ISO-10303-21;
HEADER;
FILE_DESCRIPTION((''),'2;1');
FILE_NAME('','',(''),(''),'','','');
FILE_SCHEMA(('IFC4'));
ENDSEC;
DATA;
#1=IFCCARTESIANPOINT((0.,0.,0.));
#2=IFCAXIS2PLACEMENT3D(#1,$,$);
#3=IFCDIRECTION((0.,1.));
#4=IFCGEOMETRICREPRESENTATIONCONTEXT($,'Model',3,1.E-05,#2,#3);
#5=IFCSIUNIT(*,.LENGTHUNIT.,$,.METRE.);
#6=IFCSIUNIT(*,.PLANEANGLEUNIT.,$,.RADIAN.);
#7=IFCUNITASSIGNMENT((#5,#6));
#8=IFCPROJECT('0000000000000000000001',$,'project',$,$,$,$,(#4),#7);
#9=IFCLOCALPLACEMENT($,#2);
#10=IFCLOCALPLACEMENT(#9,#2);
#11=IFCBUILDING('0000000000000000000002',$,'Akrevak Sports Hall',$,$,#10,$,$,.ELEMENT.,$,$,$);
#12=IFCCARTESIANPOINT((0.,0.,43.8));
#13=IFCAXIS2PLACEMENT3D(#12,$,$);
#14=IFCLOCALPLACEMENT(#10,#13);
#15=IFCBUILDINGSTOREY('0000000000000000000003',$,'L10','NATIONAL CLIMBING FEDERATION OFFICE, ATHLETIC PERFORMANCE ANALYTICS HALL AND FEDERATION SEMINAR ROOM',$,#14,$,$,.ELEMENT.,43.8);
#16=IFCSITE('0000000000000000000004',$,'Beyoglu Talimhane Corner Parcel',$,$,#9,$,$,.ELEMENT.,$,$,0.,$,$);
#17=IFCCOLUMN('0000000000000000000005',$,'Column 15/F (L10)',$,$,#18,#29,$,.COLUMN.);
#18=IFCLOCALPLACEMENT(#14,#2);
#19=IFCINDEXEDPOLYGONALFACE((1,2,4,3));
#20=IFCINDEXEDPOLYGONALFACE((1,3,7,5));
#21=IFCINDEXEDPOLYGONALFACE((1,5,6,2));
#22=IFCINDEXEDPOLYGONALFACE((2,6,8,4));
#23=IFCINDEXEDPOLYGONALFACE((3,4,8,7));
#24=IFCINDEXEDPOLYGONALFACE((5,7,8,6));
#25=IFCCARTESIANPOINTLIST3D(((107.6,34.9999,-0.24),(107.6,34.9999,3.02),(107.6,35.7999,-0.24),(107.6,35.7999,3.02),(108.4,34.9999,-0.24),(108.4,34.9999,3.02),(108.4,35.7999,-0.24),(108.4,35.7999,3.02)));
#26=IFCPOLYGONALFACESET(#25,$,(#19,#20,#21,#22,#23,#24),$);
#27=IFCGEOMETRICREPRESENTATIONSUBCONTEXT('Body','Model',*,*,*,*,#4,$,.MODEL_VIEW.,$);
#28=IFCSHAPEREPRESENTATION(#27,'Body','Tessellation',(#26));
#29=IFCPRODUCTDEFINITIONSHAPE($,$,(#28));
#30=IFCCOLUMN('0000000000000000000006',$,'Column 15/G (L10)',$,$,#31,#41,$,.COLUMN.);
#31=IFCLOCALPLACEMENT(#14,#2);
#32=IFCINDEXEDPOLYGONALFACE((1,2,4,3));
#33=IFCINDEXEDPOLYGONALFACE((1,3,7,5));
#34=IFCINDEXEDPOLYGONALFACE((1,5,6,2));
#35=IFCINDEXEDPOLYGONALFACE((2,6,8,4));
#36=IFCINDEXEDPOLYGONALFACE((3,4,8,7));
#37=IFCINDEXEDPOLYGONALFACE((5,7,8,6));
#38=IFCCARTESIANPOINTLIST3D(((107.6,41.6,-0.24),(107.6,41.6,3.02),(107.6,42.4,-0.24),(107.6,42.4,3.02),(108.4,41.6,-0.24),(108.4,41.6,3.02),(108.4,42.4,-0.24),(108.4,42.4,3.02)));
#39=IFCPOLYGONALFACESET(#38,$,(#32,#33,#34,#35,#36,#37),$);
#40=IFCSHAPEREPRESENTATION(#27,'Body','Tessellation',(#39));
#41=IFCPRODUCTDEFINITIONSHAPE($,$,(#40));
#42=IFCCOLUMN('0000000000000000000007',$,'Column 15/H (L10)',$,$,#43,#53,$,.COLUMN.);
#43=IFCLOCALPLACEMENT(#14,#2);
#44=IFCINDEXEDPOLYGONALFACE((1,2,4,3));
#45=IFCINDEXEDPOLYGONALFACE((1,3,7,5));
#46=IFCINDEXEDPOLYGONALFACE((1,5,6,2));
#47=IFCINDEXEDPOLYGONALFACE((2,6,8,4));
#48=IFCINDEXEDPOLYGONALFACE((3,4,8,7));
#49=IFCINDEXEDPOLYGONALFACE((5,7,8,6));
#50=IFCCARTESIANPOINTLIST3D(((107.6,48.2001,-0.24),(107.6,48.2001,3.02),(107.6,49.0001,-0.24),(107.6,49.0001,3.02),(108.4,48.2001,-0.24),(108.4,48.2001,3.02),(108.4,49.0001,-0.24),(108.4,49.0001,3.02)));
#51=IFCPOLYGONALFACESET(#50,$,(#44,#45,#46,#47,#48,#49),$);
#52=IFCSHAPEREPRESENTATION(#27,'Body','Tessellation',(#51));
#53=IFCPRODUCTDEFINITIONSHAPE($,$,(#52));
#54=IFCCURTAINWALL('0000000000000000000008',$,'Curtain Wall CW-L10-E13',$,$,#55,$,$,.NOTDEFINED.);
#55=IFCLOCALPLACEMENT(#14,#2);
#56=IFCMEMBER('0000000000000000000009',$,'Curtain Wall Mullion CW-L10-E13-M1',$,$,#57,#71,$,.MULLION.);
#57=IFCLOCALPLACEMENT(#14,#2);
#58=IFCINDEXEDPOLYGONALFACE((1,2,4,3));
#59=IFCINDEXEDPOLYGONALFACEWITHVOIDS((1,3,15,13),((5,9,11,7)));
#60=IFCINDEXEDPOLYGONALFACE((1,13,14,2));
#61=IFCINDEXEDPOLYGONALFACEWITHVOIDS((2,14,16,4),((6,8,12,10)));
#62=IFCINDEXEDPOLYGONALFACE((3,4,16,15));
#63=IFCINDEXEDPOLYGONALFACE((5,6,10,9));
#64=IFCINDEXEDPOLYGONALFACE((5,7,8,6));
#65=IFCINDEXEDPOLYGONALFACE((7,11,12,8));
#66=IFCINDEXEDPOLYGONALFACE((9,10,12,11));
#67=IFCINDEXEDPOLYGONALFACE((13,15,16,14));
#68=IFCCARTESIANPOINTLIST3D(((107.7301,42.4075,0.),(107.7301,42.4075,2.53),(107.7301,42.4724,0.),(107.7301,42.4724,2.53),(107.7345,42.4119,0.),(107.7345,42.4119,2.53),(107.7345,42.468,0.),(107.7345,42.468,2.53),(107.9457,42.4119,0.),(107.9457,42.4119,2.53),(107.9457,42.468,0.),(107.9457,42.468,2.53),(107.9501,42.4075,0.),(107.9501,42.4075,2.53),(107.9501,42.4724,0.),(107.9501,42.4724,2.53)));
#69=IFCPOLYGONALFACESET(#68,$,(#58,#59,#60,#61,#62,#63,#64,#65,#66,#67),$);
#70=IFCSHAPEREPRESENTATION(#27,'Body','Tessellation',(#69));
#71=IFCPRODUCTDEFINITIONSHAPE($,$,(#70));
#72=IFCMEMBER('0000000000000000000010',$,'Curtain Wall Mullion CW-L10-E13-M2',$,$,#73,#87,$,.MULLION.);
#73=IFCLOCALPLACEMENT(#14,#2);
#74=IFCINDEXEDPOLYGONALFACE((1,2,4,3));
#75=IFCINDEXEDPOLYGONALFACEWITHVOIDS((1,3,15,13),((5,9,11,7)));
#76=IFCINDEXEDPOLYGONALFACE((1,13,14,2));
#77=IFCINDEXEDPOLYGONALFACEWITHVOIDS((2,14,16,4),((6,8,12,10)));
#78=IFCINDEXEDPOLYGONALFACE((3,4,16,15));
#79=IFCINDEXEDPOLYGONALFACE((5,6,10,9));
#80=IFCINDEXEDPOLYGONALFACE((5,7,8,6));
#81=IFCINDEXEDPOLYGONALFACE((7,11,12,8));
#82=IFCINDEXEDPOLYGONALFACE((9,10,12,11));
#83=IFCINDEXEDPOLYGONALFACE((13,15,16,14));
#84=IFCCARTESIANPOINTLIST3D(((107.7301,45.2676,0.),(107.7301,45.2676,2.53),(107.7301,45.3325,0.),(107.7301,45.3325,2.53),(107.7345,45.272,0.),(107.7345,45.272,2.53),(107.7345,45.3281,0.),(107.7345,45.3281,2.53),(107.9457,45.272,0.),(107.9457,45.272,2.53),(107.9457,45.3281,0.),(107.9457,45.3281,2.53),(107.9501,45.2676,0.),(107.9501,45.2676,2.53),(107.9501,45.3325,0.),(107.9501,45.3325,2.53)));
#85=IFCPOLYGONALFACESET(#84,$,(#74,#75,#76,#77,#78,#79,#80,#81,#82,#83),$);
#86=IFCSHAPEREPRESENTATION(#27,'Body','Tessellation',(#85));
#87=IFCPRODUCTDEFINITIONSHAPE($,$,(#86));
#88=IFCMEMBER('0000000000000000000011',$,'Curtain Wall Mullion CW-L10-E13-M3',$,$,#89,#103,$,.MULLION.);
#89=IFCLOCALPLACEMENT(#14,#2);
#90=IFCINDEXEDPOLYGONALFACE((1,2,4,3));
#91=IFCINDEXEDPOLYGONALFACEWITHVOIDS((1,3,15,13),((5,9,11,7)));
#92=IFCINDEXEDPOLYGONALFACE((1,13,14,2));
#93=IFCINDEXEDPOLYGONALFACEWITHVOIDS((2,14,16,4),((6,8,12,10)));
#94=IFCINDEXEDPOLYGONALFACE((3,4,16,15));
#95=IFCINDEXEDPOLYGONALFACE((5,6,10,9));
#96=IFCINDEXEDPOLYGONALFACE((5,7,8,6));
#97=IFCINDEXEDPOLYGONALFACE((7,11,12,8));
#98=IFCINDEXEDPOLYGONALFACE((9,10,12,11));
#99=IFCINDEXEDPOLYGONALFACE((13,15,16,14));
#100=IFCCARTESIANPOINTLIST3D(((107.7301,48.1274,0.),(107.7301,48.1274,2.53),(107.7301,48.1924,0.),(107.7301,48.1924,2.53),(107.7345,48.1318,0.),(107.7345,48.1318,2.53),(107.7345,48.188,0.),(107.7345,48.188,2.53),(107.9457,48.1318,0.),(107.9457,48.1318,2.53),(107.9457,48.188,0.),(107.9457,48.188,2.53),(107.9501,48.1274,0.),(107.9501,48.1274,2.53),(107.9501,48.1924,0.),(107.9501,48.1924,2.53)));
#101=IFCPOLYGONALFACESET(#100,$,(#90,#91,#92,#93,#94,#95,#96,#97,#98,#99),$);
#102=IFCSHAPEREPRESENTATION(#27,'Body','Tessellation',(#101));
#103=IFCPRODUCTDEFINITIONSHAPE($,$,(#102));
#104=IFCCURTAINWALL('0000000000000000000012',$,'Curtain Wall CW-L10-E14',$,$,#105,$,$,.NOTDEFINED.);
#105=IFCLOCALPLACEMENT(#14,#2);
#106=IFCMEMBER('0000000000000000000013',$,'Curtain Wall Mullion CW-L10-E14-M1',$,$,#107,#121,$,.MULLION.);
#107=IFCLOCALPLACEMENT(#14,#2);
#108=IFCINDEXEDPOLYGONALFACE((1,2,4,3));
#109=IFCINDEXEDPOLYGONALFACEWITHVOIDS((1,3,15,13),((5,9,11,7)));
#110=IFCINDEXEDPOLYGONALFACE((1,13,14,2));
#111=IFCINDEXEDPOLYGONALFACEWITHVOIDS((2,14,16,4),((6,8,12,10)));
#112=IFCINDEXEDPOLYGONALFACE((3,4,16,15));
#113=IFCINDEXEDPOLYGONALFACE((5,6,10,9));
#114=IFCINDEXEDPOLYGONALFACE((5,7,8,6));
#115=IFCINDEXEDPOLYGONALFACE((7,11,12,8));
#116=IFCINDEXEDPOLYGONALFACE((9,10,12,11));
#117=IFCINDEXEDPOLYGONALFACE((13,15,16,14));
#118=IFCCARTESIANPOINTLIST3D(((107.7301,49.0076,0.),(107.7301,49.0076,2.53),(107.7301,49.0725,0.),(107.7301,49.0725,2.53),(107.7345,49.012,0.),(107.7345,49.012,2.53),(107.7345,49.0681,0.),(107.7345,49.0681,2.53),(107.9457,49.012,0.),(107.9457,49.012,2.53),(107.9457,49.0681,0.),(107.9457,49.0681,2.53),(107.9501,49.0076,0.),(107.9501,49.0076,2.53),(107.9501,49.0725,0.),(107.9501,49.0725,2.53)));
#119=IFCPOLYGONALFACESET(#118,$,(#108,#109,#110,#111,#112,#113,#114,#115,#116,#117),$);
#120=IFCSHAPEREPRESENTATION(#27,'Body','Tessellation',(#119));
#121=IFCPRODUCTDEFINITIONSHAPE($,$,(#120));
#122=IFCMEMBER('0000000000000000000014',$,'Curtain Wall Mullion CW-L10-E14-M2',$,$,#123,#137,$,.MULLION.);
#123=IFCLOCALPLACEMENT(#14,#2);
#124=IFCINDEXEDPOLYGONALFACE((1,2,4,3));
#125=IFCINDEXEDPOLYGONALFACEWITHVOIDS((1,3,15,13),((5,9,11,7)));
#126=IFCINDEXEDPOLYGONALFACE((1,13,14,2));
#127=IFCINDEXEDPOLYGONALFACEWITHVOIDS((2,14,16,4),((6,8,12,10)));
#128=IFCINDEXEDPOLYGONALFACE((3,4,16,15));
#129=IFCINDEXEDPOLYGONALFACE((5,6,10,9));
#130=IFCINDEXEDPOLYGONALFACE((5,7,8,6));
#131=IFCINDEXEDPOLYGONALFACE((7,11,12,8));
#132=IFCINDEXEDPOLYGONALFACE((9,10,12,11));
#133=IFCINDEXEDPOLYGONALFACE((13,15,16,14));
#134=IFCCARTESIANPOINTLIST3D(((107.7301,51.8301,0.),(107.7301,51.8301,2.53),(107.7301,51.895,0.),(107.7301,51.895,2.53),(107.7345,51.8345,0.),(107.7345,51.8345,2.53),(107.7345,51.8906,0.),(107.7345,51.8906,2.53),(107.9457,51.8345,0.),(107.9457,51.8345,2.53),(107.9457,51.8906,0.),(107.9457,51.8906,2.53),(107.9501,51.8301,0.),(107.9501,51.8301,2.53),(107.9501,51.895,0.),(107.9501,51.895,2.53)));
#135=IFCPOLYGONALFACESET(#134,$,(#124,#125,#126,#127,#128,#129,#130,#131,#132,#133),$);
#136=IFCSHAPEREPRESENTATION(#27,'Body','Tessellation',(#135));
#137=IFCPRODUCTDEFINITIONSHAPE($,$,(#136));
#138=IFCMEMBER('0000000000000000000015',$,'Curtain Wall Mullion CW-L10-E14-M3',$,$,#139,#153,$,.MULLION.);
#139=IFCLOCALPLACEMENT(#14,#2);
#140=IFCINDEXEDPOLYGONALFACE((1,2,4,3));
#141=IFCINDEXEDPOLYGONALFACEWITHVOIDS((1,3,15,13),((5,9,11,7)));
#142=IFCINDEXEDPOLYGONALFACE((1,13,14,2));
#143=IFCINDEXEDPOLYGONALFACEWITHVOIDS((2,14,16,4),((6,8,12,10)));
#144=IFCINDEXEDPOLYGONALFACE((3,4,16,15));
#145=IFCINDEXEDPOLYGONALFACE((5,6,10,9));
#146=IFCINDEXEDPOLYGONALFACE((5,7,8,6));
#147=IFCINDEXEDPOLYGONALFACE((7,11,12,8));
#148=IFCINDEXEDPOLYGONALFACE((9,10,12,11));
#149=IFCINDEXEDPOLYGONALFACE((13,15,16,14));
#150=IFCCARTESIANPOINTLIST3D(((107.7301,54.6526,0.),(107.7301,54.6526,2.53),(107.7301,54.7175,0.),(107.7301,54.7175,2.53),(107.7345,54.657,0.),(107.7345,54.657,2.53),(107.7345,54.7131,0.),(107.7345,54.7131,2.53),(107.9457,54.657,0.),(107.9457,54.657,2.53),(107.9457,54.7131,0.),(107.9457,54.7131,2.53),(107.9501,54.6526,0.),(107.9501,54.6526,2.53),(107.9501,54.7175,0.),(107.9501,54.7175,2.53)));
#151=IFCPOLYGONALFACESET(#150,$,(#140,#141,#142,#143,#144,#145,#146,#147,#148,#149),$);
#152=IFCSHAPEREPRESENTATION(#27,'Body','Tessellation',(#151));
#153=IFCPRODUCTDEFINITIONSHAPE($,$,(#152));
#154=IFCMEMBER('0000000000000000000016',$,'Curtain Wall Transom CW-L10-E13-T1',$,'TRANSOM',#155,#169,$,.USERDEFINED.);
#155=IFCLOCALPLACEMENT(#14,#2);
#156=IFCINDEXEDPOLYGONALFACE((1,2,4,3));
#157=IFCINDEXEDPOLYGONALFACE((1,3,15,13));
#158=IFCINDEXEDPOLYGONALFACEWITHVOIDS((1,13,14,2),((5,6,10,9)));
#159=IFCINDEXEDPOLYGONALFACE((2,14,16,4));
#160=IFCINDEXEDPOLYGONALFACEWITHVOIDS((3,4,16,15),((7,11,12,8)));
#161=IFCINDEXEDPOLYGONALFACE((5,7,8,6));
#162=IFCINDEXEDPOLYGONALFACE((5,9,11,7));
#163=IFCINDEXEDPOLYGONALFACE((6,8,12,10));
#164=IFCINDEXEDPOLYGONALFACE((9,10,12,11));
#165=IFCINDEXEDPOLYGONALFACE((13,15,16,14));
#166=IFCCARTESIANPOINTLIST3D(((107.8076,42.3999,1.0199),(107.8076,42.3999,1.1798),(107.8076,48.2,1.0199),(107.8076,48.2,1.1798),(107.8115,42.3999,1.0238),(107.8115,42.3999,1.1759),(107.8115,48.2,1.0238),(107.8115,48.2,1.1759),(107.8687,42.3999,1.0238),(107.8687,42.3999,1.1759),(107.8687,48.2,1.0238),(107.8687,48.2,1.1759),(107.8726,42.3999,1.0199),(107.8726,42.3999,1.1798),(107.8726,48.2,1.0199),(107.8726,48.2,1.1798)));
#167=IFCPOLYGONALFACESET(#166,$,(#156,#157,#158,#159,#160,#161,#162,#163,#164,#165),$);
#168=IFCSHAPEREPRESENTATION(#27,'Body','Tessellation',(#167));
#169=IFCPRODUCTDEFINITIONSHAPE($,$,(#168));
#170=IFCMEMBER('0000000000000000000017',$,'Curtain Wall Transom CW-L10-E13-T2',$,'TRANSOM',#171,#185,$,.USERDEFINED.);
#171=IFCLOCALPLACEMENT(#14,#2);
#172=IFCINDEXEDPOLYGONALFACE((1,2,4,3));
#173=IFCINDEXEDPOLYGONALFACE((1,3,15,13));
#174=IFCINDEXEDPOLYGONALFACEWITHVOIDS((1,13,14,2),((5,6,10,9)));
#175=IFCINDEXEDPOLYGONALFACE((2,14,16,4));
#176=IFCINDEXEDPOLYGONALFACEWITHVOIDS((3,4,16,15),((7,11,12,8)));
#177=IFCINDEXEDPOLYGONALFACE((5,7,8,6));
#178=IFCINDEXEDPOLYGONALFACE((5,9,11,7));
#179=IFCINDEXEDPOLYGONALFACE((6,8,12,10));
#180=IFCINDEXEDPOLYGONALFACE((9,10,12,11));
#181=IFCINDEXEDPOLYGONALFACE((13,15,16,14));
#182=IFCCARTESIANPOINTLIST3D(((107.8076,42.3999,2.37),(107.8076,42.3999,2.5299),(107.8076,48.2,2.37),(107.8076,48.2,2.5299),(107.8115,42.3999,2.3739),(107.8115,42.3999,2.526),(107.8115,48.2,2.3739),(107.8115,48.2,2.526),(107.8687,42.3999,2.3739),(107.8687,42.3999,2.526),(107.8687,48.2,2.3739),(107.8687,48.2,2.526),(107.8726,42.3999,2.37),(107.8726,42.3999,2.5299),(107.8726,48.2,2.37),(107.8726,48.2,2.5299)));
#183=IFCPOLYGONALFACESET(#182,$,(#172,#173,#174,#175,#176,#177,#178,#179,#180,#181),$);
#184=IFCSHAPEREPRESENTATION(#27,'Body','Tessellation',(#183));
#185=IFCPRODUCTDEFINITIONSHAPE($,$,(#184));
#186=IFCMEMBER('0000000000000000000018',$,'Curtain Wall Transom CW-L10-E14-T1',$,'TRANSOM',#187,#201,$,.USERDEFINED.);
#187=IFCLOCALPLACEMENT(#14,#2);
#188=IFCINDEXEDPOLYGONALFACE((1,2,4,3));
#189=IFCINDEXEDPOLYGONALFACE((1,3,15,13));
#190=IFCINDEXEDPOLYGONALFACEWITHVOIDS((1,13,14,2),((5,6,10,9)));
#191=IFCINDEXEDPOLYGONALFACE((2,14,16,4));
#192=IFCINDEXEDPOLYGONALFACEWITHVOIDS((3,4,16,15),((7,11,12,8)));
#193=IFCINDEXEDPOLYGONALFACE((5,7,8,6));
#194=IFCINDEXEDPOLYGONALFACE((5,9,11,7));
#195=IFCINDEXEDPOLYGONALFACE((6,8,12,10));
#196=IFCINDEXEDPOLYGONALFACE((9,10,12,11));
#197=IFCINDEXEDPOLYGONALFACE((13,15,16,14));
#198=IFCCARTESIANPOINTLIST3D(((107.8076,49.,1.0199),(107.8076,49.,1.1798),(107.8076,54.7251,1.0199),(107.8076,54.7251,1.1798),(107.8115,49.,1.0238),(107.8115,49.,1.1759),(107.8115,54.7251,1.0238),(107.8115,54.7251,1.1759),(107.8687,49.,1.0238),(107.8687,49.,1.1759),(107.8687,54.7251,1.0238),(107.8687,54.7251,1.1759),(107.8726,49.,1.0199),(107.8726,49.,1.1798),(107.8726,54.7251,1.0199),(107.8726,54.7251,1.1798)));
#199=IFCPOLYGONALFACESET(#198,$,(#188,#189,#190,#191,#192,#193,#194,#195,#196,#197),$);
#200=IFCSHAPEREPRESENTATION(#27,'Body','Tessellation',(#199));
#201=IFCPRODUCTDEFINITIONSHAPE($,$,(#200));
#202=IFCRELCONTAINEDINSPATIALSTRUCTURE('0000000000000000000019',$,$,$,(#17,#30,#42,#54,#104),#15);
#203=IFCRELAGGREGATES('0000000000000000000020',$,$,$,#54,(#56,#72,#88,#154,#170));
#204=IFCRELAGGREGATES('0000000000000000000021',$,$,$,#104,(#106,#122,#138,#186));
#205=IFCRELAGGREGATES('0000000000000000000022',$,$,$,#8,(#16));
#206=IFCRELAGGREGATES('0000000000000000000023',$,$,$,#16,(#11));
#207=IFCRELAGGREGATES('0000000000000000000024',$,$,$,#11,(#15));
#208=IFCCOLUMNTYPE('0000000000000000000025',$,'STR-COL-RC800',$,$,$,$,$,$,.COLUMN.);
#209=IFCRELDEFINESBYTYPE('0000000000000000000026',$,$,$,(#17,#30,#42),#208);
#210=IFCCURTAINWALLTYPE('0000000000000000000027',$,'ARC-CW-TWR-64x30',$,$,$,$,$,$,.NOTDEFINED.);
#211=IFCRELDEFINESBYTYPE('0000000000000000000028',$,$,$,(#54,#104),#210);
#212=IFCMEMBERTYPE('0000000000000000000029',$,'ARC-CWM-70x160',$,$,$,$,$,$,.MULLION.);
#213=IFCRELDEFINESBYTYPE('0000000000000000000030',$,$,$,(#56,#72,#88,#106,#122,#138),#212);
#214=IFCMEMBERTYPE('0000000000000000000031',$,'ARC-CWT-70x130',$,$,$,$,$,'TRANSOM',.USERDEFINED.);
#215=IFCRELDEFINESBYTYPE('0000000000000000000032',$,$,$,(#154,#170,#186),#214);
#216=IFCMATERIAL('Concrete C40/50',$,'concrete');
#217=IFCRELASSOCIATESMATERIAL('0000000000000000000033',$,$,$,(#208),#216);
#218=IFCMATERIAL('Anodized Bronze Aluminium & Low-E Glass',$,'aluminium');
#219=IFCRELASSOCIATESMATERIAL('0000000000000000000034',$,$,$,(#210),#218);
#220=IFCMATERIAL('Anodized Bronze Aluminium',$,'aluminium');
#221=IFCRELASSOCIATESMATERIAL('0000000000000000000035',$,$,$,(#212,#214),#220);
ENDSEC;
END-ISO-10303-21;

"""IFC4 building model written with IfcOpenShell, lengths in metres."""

from ifc_helpers import new_model, si_unit, direction, frame, origin, origin_2d, place, context, subcontext, project, spatial, rectangle, hollow_rectangle, extrude, material, material_profile, profile_set, type_object, element, aggregate, save


model = new_model("IFC4")

# Units and contexts
model_context = context("Model", 3, precision=1e-05, world=origin(), true_north=direction((0.0, 1.0)))
body_context = subcontext(model_context, "Body", "Model", "MODEL_VIEW")
ifc_project = project(units=[si_unit("LENGTHUNIT", "METRE"), si_unit("PLANEANGLEUNIT", "RADIAN")], contexts=[model_context])

# Site, building, storey
site_placement = place(None, origin())
site = spatial("IfcSite", under=ifc_project, at=site_placement, Name="Beyoglu Talimhane Corner Parcel", CompositionType="ELEMENT", RefElevation=0.0)
building_placement = place(site_placement, origin())
building = spatial("IfcBuilding", under=site, at=building_placement, Name="Akrevak Sports Hall", CompositionType="ELEMENT")
storey_placement = place(building_placement, frame((0.0, 0.0, 43.8)))
storey = spatial("IfcBuildingStorey", under=building, at=storey_placement, Name="L10", Description="NATIONAL CLIMBING FEDERATION OFFICE, ATHLETIC PERFORMANCE ANALYTICS HALL AND FEDERATION SEMINAR ROOM", CompositionType="ELEMENT", Elevation=43.8)

# Columns
ifc_material_1 = material(Name="Concrete C40/50", Category="concrete")
ifc_material_profile_1 = material_profile(ifc_material_1, rectangle(XDim=0.8, YDim=0.8, at=origin_2d()), Name="RC 800x800", Category="concrete")
ifc_profile_set_1 = profile_set([ifc_material_profile_1], Name="Concrete C40/50")
column_type = type_object("IfcColumnType", Name="STR-COL-RC800", PredefinedType="COLUMN", material=ifc_profile_set_1)
for number, where, z_axis, x_axis, name in (
    (1, (108.0, 35.3999, -0.24), (0.0, 0.0, 1.0), (1.0, 0.0, 0.0), "Column 15/F (L10)"),
    (2, (108.0, 42.0, -0.24), (0.0, 0.0, 1.0), (1.0, 0.0, 0.0), "Column 15/G (L10)"),
    (3, (108.0, 48.6001, -0.24), (0.0, 0.0, 1.0), (1.0, 0.0, 0.0), "Column 15/H (L10)"),
):
    element("IfcColumn", number, at=place(storey_placement, frame(where, z_axis=z_axis, x_axis=x_axis)), inside=storey, type_object=column_type, Name=name, PredefinedType="COLUMN", context=body_context, shape_type="SweptSolid", body=[
        extrude(rectangle(XDim=0.8, YDim=0.8, at=origin_2d()), origin(), (0.0, 0.0, 1.0), 3.26),
    ])

# Curtain walls, members
ifc_material_2 = material(Name="Anodized Bronze Aluminium & Low-E Glass", Category="aluminium")
curtain_wall_type = type_object("IfcCurtainWallType", Name="ARC-CW-TWR-64x30", PredefinedType="NOTDEFINED", material=ifc_material_2)
curtain_wall_1_placement = place(storey_placement, origin())
curtain_wall_1 = element("IfcCurtainWall", 4, at=curtain_wall_1_placement, inside=storey, type_object=curtain_wall_type, Name="Curtain Wall CW-L10-E13", PredefinedType="NOTDEFINED")
ifc_material_3 = material(Name="Anodized Bronze Aluminium", Category="aluminium")
ifc_material_profile_2 = material_profile(ifc_material_3, hollow_rectangle(XDim=0.0649, YDim=0.22, WallThickness=0.0044, at=origin_2d()), Name="CWM 65x220", Category="aluminium")
ifc_profile_set_2 = profile_set([ifc_material_profile_2], Name="Anodized Bronze Aluminium")
member_type_1 = type_object("IfcMemberType", Name="ARC-CWM-70x160", PredefinedType="MULLION", material=ifc_profile_set_2)
member_1_placement = place(storey_placement, frame((107.8401, 42.4399, 0.0), z_axis=(0.0, 0.0, 1.0), x_axis=(0.0, 1.0, 0.0)))
member_1 = element("IfcMember", 5, at=member_1_placement, type_object=member_type_1, Name="Curtain Wall Mullion CW-L10-E13-M1", PredefinedType="MULLION", context=body_context, shape_type="SweptSolid", body=[
    extrude(hollow_rectangle(XDim=0.0649, YDim=0.22, WallThickness=0.0044, at=origin_2d()), origin(), (0.0, 0.0, 1.0), 2.53),
])
member_2_placement = place(storey_placement, frame((107.8401, 45.3, 0.0), z_axis=(0.0, 0.0, 1.0), x_axis=(0.0, 1.0, 0.0)))
member_2 = element("IfcMember", 6, at=member_2_placement, type_object=member_type_1, Name="Curtain Wall Mullion CW-L10-E13-M2", PredefinedType="MULLION", context=body_context, shape_type="SweptSolid", body=[
    extrude(hollow_rectangle(XDim=0.0649, YDim=0.22, WallThickness=0.0044, at=origin_2d()), origin(), (0.0, 0.0, 1.0), 2.53),
])
member_3_placement = place(storey_placement, frame((107.8401, 48.1599, 0.0), z_axis=(0.0, 0.0, 1.0), x_axis=(0.0, 1.0, 0.0)))
member_3 = element("IfcMember", 7, at=member_3_placement, type_object=member_type_1, Name="Curtain Wall Mullion CW-L10-E13-M3", PredefinedType="MULLION", context=body_context, shape_type="SweptSolid", body=[
    extrude(hollow_rectangle(XDim=0.0649, YDim=0.22, WallThickness=0.0044, at=origin_2d()), origin(), (0.0, 0.0, 1.0), 2.53),
])
curtain_wall_2_placement = place(storey_placement, origin())
curtain_wall_2 = element("IfcCurtainWall", 8, at=curtain_wall_2_placement, inside=storey, type_object=curtain_wall_type, Name="Curtain Wall CW-L10-E14", PredefinedType="NOTDEFINED")
member_4_placement = place(storey_placement, frame((107.8401, 49.04, 0.0), z_axis=(0.0, 0.0, 1.0), x_axis=(0.0, 1.0, 0.0)))
member_4 = element("IfcMember", 9, at=member_4_placement, type_object=member_type_1, Name="Curtain Wall Mullion CW-L10-E14-M1", PredefinedType="MULLION", context=body_context, shape_type="SweptSolid", body=[
    extrude(hollow_rectangle(XDim=0.0649, YDim=0.22, WallThickness=0.0044, at=origin_2d()), origin(), (0.0, 0.0, 1.0), 2.53),
])
member_5_placement = place(storey_placement, frame((107.8401, 51.8625, 0.0), z_axis=(0.0, 0.0, 1.0), x_axis=(0.0, 1.0, 0.0)))
member_5 = element("IfcMember", 10, at=member_5_placement, type_object=member_type_1, Name="Curtain Wall Mullion CW-L10-E14-M2", PredefinedType="MULLION", context=body_context, shape_type="SweptSolid", body=[
    extrude(hollow_rectangle(XDim=0.0649, YDim=0.22, WallThickness=0.0044, at=origin_2d()), origin(), (0.0, 0.0, 1.0), 2.53),
])
member_6_placement = place(storey_placement, frame((107.8401, 54.6851, 0.0), z_axis=(0.0, 0.0, 1.0), x_axis=(0.0, 1.0, 0.0)))
member_6 = element("IfcMember", 11, at=member_6_placement, type_object=member_type_1, Name="Curtain Wall Mullion CW-L10-E14-M3", PredefinedType="MULLION", context=body_context, shape_type="SweptSolid", body=[
    extrude(hollow_rectangle(XDim=0.0649, YDim=0.22, WallThickness=0.0044, at=origin_2d()), origin(), (0.0, 0.0, 1.0), 2.53),
])

# Members
ifc_material_profile_3 = material_profile(ifc_material_3, hollow_rectangle(XDim=0.0649, YDim=0.1599, WallThickness=0.0039, at=origin_2d()), Name="CWT 65x160", Category="aluminium")
ifc_profile_set_3 = profile_set([ifc_material_profile_3], Name="Anodized Bronze Aluminium")
member_type_2 = type_object("IfcMemberType", Name="ARC-CWT-70x130", ElementType="TRANSOM", PredefinedType="USERDEFINED", material=ifc_profile_set_3)
member_7_placement = place(storey_placement, frame((107.8401, 42.3999, 1.0999), z_axis=(0.0, 1.0, 0.0), x_axis=(-1.0, 0.0, 0.0)))
member_7 = element("IfcMember", 12, at=member_7_placement, type_object=member_type_2, Name="Curtain Wall Transom CW-L10-E13-T1", ObjectType="TRANSOM", PredefinedType="USERDEFINED", context=body_context, shape_type="SweptSolid", body=[
    extrude(hollow_rectangle(XDim=0.0649, YDim=0.1599, WallThickness=0.0039, at=origin_2d()), origin(), (0.0, 0.0, 1.0), 5.8),
])
member_8_placement = place(storey_placement, frame((107.8401, 42.3999, 2.45), z_axis=(0.0, 1.0, 0.0), x_axis=(-1.0, 0.0, 0.0)))
member_8 = element("IfcMember", 13, at=member_8_placement, type_object=member_type_2, Name="Curtain Wall Transom CW-L10-E13-T2", ObjectType="TRANSOM", PredefinedType="USERDEFINED", context=body_context, shape_type="SweptSolid", body=[
    extrude(hollow_rectangle(XDim=0.0649, YDim=0.1599, WallThickness=0.0039, at=origin_2d()), origin(), (0.0, 0.0, 1.0), 5.8),
])
member_9_placement = place(storey_placement, frame((107.8401, 49.0, 1.0999), z_axis=(0.0, 1.0, 0.0), x_axis=(-1.0, 0.0, 0.0)))
member_9 = element("IfcMember", 14, at=member_9_placement, type_object=member_type_2, Name="Curtain Wall Transom CW-L10-E14-T1", ObjectType="TRANSOM", PredefinedType="USERDEFINED", context=body_context, shape_type="SweptSolid", body=[
    extrude(hollow_rectangle(XDim=0.0649, YDim=0.1599, WallThickness=0.0039, at=origin_2d()), origin(), (0.0, 0.0, 1.0), 5.7251),
])

aggregate(curtain_wall_1, [member_1, member_2, member_3, member_7, member_8])
aggregate(curtain_wall_2, [member_4, member_5, member_6, member_9])

save(model, "model.ifc")
